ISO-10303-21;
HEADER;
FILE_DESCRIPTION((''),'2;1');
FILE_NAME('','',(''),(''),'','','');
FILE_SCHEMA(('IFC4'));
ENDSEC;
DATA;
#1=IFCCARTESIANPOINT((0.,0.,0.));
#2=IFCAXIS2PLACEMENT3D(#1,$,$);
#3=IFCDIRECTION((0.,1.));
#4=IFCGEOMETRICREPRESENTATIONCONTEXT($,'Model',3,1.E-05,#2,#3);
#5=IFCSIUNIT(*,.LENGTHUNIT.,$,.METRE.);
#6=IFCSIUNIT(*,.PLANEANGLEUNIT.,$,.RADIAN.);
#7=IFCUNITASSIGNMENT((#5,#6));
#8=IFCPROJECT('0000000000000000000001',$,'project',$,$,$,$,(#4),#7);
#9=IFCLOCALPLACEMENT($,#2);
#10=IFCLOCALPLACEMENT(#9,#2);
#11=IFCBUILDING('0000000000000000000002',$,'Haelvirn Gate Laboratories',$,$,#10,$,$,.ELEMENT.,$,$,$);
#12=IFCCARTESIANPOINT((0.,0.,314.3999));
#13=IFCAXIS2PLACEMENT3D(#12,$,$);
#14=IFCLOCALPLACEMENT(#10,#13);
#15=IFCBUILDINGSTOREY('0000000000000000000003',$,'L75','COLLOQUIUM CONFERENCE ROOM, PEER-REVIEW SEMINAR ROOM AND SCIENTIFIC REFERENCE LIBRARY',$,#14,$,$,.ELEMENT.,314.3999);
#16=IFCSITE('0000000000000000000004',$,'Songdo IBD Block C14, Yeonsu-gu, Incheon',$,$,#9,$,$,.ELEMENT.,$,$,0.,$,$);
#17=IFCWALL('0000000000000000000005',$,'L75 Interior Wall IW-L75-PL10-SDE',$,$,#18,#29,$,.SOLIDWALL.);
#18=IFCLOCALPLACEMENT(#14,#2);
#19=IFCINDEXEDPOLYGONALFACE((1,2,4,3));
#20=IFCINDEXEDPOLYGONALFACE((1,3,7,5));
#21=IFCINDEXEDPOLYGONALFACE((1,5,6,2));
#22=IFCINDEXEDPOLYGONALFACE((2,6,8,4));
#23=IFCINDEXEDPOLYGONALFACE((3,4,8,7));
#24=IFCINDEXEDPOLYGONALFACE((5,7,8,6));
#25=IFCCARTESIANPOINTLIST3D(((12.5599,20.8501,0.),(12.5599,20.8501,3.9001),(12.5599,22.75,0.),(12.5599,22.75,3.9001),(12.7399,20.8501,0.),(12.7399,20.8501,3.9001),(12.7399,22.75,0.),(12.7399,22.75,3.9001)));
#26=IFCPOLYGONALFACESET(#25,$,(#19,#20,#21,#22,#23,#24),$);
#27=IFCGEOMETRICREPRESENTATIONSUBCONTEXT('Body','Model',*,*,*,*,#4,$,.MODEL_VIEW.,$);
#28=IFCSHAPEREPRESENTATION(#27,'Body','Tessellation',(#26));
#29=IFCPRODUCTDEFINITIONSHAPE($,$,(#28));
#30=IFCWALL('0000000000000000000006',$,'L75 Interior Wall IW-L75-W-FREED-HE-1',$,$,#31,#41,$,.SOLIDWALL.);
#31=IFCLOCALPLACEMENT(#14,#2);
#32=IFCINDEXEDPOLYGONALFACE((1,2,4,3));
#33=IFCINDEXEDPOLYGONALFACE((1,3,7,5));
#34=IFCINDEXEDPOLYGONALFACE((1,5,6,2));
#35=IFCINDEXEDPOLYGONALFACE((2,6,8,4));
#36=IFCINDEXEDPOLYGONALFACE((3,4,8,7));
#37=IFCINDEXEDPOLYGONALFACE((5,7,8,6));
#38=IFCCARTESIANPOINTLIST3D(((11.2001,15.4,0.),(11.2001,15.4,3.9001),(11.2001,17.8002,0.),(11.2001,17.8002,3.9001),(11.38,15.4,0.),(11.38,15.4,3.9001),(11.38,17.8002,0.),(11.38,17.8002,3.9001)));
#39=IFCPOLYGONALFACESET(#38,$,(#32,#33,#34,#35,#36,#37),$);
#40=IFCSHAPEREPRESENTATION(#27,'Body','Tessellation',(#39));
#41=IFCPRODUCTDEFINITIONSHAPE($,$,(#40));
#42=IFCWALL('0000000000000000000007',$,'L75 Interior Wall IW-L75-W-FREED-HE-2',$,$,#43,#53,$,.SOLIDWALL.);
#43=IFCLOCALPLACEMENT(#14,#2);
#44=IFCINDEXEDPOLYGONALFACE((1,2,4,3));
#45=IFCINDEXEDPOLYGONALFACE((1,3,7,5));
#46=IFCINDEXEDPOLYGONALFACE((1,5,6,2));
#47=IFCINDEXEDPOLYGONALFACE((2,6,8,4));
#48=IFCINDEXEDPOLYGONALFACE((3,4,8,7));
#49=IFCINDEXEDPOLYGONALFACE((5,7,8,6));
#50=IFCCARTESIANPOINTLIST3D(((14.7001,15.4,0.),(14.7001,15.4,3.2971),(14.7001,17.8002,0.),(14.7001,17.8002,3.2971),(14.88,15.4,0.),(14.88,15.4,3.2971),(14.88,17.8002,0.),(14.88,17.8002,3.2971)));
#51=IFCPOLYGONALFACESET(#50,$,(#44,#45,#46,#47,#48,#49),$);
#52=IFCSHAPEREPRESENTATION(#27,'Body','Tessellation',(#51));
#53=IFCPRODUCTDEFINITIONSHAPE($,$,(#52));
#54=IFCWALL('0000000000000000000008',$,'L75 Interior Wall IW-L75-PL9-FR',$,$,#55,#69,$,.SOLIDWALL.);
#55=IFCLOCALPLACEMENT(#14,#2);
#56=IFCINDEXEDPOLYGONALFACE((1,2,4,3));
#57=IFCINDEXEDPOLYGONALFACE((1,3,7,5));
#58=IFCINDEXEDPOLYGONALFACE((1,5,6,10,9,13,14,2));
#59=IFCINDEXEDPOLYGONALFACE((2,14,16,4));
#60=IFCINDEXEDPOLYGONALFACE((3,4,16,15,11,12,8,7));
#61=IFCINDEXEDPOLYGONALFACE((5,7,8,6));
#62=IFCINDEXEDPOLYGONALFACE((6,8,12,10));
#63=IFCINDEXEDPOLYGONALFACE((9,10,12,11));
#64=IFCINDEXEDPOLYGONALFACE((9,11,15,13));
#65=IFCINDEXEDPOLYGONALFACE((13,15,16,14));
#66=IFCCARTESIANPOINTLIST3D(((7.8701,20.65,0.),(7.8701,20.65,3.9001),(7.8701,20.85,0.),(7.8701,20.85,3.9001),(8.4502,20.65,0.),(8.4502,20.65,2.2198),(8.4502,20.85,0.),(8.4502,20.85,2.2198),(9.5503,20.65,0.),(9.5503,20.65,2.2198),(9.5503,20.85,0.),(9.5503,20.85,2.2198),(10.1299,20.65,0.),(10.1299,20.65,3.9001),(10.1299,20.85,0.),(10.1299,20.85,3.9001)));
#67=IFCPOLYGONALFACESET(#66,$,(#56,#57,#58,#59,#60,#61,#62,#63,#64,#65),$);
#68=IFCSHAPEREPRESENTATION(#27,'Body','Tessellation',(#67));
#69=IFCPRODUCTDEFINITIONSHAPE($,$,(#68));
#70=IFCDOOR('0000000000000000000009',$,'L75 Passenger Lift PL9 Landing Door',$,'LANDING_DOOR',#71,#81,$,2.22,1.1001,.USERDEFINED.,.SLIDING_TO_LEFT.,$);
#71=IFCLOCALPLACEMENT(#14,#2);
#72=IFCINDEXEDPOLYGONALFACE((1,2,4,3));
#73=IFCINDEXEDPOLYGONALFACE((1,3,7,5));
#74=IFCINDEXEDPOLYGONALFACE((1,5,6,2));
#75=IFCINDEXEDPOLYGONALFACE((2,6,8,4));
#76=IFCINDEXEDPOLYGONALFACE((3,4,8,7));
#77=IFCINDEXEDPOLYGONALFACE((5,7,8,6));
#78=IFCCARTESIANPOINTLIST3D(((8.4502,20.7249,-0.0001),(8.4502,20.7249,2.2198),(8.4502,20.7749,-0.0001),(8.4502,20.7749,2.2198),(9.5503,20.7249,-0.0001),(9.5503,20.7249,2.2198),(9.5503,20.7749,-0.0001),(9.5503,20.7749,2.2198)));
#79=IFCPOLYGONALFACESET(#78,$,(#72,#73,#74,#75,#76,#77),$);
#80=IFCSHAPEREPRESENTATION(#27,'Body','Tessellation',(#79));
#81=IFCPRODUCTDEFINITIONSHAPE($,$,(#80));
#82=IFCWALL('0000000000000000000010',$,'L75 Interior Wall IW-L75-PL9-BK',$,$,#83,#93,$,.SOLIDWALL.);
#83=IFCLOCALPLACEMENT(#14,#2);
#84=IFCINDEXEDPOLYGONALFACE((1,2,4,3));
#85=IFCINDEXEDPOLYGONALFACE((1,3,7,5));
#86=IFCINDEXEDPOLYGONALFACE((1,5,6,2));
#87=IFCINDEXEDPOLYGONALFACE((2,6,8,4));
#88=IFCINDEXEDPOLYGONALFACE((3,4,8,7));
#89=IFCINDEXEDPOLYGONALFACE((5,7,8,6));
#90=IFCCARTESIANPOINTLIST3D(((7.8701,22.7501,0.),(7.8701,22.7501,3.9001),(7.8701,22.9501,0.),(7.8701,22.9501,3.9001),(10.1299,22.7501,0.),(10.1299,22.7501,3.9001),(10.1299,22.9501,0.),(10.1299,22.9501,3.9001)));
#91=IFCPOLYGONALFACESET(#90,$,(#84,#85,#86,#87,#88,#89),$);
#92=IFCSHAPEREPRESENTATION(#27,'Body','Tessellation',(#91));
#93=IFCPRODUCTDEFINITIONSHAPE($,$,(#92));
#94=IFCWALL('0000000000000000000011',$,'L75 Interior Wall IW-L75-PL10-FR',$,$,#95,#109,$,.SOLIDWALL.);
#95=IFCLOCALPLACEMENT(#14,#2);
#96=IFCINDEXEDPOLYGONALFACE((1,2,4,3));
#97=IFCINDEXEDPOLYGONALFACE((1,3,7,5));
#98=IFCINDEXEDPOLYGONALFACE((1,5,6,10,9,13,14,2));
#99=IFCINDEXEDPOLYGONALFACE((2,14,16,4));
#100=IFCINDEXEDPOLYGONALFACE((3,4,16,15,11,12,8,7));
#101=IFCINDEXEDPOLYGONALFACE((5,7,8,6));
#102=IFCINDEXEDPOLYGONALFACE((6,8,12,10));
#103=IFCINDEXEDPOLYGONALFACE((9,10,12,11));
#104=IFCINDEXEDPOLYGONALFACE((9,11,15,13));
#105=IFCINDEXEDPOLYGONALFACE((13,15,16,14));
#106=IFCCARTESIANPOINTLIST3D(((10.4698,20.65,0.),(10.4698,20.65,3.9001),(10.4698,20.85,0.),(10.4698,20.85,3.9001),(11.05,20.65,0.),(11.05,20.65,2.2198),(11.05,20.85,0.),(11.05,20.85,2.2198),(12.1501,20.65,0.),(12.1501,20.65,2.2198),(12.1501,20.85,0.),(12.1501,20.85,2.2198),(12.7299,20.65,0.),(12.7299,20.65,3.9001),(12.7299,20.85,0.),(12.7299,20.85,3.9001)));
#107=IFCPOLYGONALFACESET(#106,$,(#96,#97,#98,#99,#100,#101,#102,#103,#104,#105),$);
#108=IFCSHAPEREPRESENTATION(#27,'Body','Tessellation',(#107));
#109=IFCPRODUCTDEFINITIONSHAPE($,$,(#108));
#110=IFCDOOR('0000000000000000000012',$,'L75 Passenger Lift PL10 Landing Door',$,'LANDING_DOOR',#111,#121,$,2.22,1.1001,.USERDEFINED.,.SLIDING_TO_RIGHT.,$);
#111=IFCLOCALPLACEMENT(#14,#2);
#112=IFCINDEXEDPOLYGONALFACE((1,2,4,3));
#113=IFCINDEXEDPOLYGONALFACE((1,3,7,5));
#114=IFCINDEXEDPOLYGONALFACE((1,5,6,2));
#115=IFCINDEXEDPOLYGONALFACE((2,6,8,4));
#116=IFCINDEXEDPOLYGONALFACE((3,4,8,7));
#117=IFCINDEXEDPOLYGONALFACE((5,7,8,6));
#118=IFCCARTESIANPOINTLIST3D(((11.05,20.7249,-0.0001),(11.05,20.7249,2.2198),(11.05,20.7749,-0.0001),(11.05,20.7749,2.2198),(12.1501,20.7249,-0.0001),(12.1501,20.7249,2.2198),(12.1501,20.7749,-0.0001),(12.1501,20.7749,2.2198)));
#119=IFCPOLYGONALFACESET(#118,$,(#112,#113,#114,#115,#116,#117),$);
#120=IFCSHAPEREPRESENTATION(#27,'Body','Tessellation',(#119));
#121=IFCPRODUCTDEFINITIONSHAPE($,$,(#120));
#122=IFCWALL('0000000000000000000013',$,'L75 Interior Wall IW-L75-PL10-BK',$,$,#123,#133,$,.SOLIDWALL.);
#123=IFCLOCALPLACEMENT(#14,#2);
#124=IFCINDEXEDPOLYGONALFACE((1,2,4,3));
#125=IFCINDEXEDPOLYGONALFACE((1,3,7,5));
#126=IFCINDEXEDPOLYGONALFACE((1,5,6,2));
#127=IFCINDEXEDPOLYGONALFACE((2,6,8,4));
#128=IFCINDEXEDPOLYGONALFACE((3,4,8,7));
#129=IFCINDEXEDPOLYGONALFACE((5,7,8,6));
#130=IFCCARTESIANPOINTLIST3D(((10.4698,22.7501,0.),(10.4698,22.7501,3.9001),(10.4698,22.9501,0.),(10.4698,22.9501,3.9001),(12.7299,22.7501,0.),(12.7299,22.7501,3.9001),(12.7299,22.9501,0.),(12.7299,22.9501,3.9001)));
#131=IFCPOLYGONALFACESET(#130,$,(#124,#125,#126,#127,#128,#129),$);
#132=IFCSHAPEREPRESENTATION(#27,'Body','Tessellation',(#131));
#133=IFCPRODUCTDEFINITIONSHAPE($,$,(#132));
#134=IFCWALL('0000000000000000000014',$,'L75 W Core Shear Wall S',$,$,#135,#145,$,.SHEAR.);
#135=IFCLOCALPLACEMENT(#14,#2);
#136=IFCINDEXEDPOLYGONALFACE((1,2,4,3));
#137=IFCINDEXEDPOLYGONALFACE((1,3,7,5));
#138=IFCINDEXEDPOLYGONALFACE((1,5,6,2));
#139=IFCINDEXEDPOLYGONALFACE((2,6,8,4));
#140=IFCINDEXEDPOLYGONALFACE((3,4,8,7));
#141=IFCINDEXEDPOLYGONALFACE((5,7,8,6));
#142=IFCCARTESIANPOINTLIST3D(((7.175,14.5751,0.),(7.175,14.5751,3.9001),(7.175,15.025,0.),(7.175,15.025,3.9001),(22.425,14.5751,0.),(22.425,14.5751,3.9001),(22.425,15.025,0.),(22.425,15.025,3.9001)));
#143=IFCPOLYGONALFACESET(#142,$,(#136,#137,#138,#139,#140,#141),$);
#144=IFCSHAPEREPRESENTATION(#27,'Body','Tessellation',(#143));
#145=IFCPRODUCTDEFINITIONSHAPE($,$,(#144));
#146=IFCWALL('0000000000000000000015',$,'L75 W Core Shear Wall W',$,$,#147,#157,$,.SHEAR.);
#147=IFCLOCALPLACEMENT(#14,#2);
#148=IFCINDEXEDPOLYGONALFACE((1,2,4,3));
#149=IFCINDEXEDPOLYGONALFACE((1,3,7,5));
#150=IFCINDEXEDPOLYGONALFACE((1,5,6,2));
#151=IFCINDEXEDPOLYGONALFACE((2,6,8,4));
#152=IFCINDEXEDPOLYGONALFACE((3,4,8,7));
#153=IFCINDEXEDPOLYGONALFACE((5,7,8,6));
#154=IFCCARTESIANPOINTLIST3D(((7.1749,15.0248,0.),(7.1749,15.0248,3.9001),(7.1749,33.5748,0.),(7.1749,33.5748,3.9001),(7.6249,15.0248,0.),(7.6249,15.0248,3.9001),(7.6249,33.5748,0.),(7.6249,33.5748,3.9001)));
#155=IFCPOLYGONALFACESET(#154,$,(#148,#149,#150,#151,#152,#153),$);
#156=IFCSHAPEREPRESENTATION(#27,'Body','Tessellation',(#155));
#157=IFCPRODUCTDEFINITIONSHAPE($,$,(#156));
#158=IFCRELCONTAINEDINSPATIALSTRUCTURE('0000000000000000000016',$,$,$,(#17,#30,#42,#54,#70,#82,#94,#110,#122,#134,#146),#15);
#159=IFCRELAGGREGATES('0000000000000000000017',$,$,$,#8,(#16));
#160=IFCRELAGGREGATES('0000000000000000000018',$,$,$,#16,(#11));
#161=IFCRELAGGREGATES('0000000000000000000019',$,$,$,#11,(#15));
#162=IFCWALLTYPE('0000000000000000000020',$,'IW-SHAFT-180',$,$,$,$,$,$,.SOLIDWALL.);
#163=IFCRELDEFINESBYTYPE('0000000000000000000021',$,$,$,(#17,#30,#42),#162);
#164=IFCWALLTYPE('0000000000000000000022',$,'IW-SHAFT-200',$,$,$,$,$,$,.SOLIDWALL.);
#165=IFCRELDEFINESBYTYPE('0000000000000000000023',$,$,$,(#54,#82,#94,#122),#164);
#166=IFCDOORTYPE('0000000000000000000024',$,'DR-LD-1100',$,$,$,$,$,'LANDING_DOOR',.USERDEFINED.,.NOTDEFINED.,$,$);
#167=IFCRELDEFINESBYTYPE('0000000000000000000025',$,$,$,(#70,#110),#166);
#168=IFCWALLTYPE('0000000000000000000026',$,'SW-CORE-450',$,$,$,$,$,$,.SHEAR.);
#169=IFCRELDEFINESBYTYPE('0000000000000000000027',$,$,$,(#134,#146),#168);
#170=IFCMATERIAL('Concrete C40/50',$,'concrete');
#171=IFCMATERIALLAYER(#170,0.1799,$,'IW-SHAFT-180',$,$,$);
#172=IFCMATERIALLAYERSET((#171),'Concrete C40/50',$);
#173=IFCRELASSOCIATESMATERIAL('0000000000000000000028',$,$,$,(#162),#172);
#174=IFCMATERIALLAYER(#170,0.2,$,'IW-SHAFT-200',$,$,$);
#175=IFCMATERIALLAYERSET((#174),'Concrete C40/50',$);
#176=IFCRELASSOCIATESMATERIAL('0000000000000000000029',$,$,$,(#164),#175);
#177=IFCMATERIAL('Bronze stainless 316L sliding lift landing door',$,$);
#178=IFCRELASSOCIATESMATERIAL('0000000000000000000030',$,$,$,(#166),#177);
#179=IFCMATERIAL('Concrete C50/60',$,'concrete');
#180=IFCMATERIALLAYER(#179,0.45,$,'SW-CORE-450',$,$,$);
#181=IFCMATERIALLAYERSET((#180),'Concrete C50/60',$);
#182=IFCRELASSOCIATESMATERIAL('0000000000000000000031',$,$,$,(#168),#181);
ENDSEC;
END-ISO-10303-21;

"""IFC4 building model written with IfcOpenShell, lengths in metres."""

from ifc_helpers import new_model, si_unit, direction, frame, frame_2d, origin, place, context, subcontext, project, spatial, rectangle, extrude, source, transform, mapped, material, layer, layer_set, type_object, type_shapes, element, fill, save


model = new_model("IFC4")

# Units and contexts
model_context = context("Model", 3, precision=1e-05, world=origin(), true_north=direction((0.0, 1.0)))
body_context = subcontext(model_context, "Body", "Model", "MODEL_VIEW")
ifc_project = project(units=[si_unit("LENGTHUNIT", "METRE"), si_unit("PLANEANGLEUNIT", "RADIAN")], contexts=[model_context])

# Site, building, storey
site_placement = place(None, origin())
site = spatial("IfcSite", under=ifc_project, at=site_placement, Name="Songdo IBD Block C14, Yeonsu-gu, Incheon", CompositionType="ELEMENT", RefElevation=0.0)
building_placement = place(site_placement, origin())
building = spatial("IfcBuilding", under=site, at=building_placement, Name="Haelvirn Gate Laboratories", CompositionType="ELEMENT")
storey_placement = place(building_placement, frame((0.0, 0.0, 314.3999)))
storey = spatial("IfcBuildingStorey", under=building, at=storey_placement, Name="L75", Description="COLLOQUIUM CONFERENCE ROOM, PEER-REVIEW SEMINAR ROOM AND SCIENTIFIC REFERENCE LIBRARY", CompositionType="ELEMENT", Elevation=314.3999)

# Shared definitions
ifc_material_1 = material(Name="Concrete C50/60", Category="concrete")

# Wall
ifc_material_2 = material(Name="Concrete C40/50", Category="concrete")
ifc_layer_1 = layer(ifc_material_2, 0.1799, Name="IW-SHAFT-180")
ifc_layer_set_1 = layer_set([ifc_layer_1], Name="Concrete C40/50")
wall_type_1 = type_object("IfcWallType", Name="IW-SHAFT-180", PredefinedType="SOLIDWALL", material=ifc_layer_set_1)
for number, where, z_axis, x_axis, name in (
    (1, (12.6499, 20.8501, 0.0), (0.0, 0.0, 1.0), (0.0, 1.0, 0.0), "L75 Interior Wall IW-L75-PL10-SDE"),
):
    element("IfcWall", number, at=place(storey_placement, frame(where, z_axis=z_axis, x_axis=x_axis)), inside=storey, type_object=wall_type_1, Name=name, PredefinedType="SOLIDWALL", context=body_context, shape_type="SweptSolid", body=[
        extrude(rectangle(XDim=1.8999, YDim=0.1799, at=frame_2d((0.95, 0.0))), origin(), (0.0, 0.0, 1.0), 3.9001),
    ])

# Wall
wall_1_placement = place(storey_placement, frame((11.29, 15.3999, 0.0), z_axis=(0.0, 0.0, 1.0), x_axis=(0.0, 1.0, 0.0)))
element("IfcWall", 2, at=wall_1_placement, inside=storey, type_object=wall_type_1, Name="L75 Interior Wall IW-L75-W-FREED-HE-1", PredefinedType="SOLIDWALL", context=body_context, shape_type="SweptSolid", body=[
    extrude(rectangle(XDim=2.4001, YDim=0.1799, at=frame_2d((1.2002, 0.0))), origin(), (0.0, 0.0, 1.0), 3.9001),
])

# Wall
wall_2_placement = place(storey_placement, frame((14.79, 15.3999, 0.0), z_axis=(0.0, 0.0, 1.0), x_axis=(0.0, 1.0, 0.0)))
element("IfcWall", 3, at=wall_2_placement, inside=storey, type_object=wall_type_1, Name="L75 Interior Wall IW-L75-W-FREED-HE-2", PredefinedType="SOLIDWALL", context=body_context, shape_type="SweptSolid", body=[
    extrude(rectangle(XDim=2.4001, YDim=0.1799, at=frame_2d((1.2002, 0.0))), origin(), (0.0, 0.0, 1.0), 3.2971),
])

# Wall, opening, door
ifc_layer_2 = layer(ifc_material_2, 0.2, Name="IW-SHAFT-200")
ifc_layer_set_2 = layer_set([ifc_layer_2], Name="Concrete C40/50")
wall_type_2 = type_object("IfcWallType", Name="IW-SHAFT-200", PredefinedType="SOLIDWALL", material=ifc_layer_set_2)
wall_3_placement = place(storey_placement, frame((7.8701, 20.75, 0.0), z_axis=(0.0, 0.0, 1.0), x_axis=(1.0, 0.0, 0.0)))
wall_3 = element("IfcWall", 4, at=wall_3_placement, inside=storey, type_object=wall_type_2, Name="L75 Interior Wall IW-L75-PL9-FR", PredefinedType="SOLIDWALL", context=body_context, shape_type="SweptSolid", body=[
    extrude(rectangle(XDim=2.2598, YDim=0.2, at=frame_2d((1.1299, 0.0))), origin(), (0.0, 0.0, 1.0), 3.9001),
])
opening_1_placement = place(wall_3_placement, frame((0.5801, 0.0, 0.0)))
opening_1 = element("IfcOpeningElement", 5, at=opening_1_placement, cuts=wall_3, PredefinedType="OPENING", context=body_context, shape_type="SweptSolid", body=[
    extrude(rectangle(XDim=1.1001, YDim=2.22, at=frame_2d((0.55, 1.1099))), frame((0.0, 0.1099, 0.0), z_axis=(0.0, -1.0, 0.0), x_axis=(1.0, 0.0, 0.0)), (0.0, 0.0, 1.0), 0.22),
])
ifc_material_3 = material(Name="Bronze stainless 316L sliding lift landing door")
door_type_1 = type_object("IfcDoorType", Name="DR-LD-1100", ElementType="LANDING_DOOR", OperationType="NOTDEFINED", PredefinedType="USERDEFINED", material=ifc_material_3)
shared_shape_1 = source(origin(), body_context, "Body", "SweptSolid", [
    extrude(rectangle(XDim=1.1001, YDim=2.22, at=frame_2d((0.55, 1.1099))), frame((0.0, 0.0249, 0.0), z_axis=(0.0, -1.0, 0.0), x_axis=(1.0, 0.0, 0.0)), (0.0, 0.0, 1.0), 0.05),
])
type_shapes(door_type_1, [shared_shape_1])
door_1_placement = place(opening_1_placement, origin())
door_1 = element("IfcDoor", 6, at=door_1_placement, inside=storey, type_object=door_type_1, Name="L75 Passenger Lift PL9 Landing Door", ObjectType="LANDING_DOOR", OperationType="SLIDING_TO_LEFT", OverallHeight=2.22, OverallWidth=1.1001, PredefinedType="USERDEFINED", context=body_context, shape_type="MappedRepresentation", body=[
    mapped(shared_shape_1, transform((0.0, 0.0, 0.0), scale=1.0)),
])
fill(opening_1, door_1)

# Wall
wall_4_placement = place(storey_placement, frame((7.8701, 22.8501, 0.0), z_axis=(0.0, 0.0, 1.0), x_axis=(1.0, 0.0, 0.0)))
element("IfcWall", 7, at=wall_4_placement, inside=storey, type_object=wall_type_2, Name="L75 Interior Wall IW-L75-PL9-BK", PredefinedType="SOLIDWALL", context=body_context, shape_type="SweptSolid", body=[
    extrude(rectangle(XDim=2.2598, YDim=0.2, at=frame_2d((1.1299, 0.0))), origin(), (0.0, 0.0, 1.0), 3.9001),
])

# Wall, opening, door
wall_5_placement = place(storey_placement, frame((10.47, 20.75, 0.0), z_axis=(0.0, 0.0, 1.0), x_axis=(1.0, 0.0, 0.0)))
wall_5 = element("IfcWall", 8, at=wall_5_placement, inside=storey, type_object=wall_type_2, Name="L75 Interior Wall IW-L75-PL10-FR", PredefinedType="SOLIDWALL", context=body_context, shape_type="SweptSolid", body=[
    extrude(rectangle(XDim=2.26, YDim=0.2, at=frame_2d((1.1299, 0.0))), origin(), (0.0, 0.0, 1.0), 3.9001),
])
opening_2_placement = place(wall_5_placement, frame((0.5801, 0.0, 0.0)))
opening_2 = element("IfcOpeningElement", 9, at=opening_2_placement, cuts=wall_5, PredefinedType="OPENING", context=body_context, shape_type="SweptSolid", body=[
    extrude(rectangle(XDim=1.1001, YDim=2.22, at=frame_2d((0.55, 1.1099))), frame((0.0, 0.1099, 0.0), z_axis=(0.0, -1.0, 0.0), x_axis=(1.0, 0.0, 0.0)), (0.0, 0.0, 1.0), 0.22),
])
door_2_placement = place(opening_2_placement, origin())
door_2 = element("IfcDoor", 10, at=door_2_placement, inside=storey, type_object=door_type_1, Name="L75 Passenger Lift PL10 Landing Door", ObjectType="LANDING_DOOR", OperationType="SLIDING_TO_RIGHT", OverallHeight=2.22, OverallWidth=1.1001, PredefinedType="USERDEFINED", context=body_context, shape_type="MappedRepresentation", body=[
    mapped(shared_shape_1, transform((0.0, 0.0, 0.0), scale=1.0)),
])
fill(opening_2, door_2)

# Walls
wall_6_placement = place(storey_placement, frame((10.47, 22.8501, 0.0), z_axis=(0.0, 0.0, 1.0), x_axis=(1.0, 0.0, 0.0)))
element("IfcWall", 11, at=wall_6_placement, inside=storey, type_object=wall_type_2, Name="L75 Interior Wall IW-L75-PL10-BK", PredefinedType="SOLIDWALL", context=body_context, shape_type="SweptSolid", body=[
    extrude(rectangle(XDim=2.26, YDim=0.2, at=frame_2d((1.1299, 0.0))), origin(), (0.0, 0.0, 1.0), 3.9001),
])
ifc_layer_3 = layer(ifc_material_1, 0.45, Name="SW-CORE-450")
ifc_layer_set_3 = layer_set([ifc_layer_3], Name="Concrete C50/60")
wall_type_3 = type_object("IfcWallType", Name="SW-CORE-450", PredefinedType="SHEAR", material=ifc_layer_set_3)
wall_7_placement = place(storey_placement, frame((7.175, 14.8, 0.0), z_axis=(0.0, 0.0, 1.0), x_axis=(1.0, 0.0, 0.0)))
element("IfcWall", 12, at=wall_7_placement, inside=storey, type_object=wall_type_3, Name="L75 W Core Shear Wall S", PredefinedType="SHEAR", context=body_context, shape_type="SweptSolid", body=[
    extrude(rectangle(XDim=15.25, YDim=0.45, at=frame_2d((7.625, 0.0))), origin(), (0.0, 0.0, 1.0), 3.9001),
])
wall_8_placement = place(storey_placement, frame((7.3999, 15.0249, 0.0), z_axis=(0.0, 0.0, 1.0), x_axis=(0.0, 1.0, 0.0)))
element("IfcWall", 13, at=wall_8_placement, inside=storey, type_object=wall_type_3, Name="L75 W Core Shear Wall W", PredefinedType="SHEAR", context=body_context, shape_type="SweptSolid", body=[
    extrude(rectangle(XDim=18.55, YDim=0.45, at=frame_2d((9.2749, 0.0))), origin(), (0.0, 0.0, 1.0), 3.9001),
])

save(model, "model.ifc")
